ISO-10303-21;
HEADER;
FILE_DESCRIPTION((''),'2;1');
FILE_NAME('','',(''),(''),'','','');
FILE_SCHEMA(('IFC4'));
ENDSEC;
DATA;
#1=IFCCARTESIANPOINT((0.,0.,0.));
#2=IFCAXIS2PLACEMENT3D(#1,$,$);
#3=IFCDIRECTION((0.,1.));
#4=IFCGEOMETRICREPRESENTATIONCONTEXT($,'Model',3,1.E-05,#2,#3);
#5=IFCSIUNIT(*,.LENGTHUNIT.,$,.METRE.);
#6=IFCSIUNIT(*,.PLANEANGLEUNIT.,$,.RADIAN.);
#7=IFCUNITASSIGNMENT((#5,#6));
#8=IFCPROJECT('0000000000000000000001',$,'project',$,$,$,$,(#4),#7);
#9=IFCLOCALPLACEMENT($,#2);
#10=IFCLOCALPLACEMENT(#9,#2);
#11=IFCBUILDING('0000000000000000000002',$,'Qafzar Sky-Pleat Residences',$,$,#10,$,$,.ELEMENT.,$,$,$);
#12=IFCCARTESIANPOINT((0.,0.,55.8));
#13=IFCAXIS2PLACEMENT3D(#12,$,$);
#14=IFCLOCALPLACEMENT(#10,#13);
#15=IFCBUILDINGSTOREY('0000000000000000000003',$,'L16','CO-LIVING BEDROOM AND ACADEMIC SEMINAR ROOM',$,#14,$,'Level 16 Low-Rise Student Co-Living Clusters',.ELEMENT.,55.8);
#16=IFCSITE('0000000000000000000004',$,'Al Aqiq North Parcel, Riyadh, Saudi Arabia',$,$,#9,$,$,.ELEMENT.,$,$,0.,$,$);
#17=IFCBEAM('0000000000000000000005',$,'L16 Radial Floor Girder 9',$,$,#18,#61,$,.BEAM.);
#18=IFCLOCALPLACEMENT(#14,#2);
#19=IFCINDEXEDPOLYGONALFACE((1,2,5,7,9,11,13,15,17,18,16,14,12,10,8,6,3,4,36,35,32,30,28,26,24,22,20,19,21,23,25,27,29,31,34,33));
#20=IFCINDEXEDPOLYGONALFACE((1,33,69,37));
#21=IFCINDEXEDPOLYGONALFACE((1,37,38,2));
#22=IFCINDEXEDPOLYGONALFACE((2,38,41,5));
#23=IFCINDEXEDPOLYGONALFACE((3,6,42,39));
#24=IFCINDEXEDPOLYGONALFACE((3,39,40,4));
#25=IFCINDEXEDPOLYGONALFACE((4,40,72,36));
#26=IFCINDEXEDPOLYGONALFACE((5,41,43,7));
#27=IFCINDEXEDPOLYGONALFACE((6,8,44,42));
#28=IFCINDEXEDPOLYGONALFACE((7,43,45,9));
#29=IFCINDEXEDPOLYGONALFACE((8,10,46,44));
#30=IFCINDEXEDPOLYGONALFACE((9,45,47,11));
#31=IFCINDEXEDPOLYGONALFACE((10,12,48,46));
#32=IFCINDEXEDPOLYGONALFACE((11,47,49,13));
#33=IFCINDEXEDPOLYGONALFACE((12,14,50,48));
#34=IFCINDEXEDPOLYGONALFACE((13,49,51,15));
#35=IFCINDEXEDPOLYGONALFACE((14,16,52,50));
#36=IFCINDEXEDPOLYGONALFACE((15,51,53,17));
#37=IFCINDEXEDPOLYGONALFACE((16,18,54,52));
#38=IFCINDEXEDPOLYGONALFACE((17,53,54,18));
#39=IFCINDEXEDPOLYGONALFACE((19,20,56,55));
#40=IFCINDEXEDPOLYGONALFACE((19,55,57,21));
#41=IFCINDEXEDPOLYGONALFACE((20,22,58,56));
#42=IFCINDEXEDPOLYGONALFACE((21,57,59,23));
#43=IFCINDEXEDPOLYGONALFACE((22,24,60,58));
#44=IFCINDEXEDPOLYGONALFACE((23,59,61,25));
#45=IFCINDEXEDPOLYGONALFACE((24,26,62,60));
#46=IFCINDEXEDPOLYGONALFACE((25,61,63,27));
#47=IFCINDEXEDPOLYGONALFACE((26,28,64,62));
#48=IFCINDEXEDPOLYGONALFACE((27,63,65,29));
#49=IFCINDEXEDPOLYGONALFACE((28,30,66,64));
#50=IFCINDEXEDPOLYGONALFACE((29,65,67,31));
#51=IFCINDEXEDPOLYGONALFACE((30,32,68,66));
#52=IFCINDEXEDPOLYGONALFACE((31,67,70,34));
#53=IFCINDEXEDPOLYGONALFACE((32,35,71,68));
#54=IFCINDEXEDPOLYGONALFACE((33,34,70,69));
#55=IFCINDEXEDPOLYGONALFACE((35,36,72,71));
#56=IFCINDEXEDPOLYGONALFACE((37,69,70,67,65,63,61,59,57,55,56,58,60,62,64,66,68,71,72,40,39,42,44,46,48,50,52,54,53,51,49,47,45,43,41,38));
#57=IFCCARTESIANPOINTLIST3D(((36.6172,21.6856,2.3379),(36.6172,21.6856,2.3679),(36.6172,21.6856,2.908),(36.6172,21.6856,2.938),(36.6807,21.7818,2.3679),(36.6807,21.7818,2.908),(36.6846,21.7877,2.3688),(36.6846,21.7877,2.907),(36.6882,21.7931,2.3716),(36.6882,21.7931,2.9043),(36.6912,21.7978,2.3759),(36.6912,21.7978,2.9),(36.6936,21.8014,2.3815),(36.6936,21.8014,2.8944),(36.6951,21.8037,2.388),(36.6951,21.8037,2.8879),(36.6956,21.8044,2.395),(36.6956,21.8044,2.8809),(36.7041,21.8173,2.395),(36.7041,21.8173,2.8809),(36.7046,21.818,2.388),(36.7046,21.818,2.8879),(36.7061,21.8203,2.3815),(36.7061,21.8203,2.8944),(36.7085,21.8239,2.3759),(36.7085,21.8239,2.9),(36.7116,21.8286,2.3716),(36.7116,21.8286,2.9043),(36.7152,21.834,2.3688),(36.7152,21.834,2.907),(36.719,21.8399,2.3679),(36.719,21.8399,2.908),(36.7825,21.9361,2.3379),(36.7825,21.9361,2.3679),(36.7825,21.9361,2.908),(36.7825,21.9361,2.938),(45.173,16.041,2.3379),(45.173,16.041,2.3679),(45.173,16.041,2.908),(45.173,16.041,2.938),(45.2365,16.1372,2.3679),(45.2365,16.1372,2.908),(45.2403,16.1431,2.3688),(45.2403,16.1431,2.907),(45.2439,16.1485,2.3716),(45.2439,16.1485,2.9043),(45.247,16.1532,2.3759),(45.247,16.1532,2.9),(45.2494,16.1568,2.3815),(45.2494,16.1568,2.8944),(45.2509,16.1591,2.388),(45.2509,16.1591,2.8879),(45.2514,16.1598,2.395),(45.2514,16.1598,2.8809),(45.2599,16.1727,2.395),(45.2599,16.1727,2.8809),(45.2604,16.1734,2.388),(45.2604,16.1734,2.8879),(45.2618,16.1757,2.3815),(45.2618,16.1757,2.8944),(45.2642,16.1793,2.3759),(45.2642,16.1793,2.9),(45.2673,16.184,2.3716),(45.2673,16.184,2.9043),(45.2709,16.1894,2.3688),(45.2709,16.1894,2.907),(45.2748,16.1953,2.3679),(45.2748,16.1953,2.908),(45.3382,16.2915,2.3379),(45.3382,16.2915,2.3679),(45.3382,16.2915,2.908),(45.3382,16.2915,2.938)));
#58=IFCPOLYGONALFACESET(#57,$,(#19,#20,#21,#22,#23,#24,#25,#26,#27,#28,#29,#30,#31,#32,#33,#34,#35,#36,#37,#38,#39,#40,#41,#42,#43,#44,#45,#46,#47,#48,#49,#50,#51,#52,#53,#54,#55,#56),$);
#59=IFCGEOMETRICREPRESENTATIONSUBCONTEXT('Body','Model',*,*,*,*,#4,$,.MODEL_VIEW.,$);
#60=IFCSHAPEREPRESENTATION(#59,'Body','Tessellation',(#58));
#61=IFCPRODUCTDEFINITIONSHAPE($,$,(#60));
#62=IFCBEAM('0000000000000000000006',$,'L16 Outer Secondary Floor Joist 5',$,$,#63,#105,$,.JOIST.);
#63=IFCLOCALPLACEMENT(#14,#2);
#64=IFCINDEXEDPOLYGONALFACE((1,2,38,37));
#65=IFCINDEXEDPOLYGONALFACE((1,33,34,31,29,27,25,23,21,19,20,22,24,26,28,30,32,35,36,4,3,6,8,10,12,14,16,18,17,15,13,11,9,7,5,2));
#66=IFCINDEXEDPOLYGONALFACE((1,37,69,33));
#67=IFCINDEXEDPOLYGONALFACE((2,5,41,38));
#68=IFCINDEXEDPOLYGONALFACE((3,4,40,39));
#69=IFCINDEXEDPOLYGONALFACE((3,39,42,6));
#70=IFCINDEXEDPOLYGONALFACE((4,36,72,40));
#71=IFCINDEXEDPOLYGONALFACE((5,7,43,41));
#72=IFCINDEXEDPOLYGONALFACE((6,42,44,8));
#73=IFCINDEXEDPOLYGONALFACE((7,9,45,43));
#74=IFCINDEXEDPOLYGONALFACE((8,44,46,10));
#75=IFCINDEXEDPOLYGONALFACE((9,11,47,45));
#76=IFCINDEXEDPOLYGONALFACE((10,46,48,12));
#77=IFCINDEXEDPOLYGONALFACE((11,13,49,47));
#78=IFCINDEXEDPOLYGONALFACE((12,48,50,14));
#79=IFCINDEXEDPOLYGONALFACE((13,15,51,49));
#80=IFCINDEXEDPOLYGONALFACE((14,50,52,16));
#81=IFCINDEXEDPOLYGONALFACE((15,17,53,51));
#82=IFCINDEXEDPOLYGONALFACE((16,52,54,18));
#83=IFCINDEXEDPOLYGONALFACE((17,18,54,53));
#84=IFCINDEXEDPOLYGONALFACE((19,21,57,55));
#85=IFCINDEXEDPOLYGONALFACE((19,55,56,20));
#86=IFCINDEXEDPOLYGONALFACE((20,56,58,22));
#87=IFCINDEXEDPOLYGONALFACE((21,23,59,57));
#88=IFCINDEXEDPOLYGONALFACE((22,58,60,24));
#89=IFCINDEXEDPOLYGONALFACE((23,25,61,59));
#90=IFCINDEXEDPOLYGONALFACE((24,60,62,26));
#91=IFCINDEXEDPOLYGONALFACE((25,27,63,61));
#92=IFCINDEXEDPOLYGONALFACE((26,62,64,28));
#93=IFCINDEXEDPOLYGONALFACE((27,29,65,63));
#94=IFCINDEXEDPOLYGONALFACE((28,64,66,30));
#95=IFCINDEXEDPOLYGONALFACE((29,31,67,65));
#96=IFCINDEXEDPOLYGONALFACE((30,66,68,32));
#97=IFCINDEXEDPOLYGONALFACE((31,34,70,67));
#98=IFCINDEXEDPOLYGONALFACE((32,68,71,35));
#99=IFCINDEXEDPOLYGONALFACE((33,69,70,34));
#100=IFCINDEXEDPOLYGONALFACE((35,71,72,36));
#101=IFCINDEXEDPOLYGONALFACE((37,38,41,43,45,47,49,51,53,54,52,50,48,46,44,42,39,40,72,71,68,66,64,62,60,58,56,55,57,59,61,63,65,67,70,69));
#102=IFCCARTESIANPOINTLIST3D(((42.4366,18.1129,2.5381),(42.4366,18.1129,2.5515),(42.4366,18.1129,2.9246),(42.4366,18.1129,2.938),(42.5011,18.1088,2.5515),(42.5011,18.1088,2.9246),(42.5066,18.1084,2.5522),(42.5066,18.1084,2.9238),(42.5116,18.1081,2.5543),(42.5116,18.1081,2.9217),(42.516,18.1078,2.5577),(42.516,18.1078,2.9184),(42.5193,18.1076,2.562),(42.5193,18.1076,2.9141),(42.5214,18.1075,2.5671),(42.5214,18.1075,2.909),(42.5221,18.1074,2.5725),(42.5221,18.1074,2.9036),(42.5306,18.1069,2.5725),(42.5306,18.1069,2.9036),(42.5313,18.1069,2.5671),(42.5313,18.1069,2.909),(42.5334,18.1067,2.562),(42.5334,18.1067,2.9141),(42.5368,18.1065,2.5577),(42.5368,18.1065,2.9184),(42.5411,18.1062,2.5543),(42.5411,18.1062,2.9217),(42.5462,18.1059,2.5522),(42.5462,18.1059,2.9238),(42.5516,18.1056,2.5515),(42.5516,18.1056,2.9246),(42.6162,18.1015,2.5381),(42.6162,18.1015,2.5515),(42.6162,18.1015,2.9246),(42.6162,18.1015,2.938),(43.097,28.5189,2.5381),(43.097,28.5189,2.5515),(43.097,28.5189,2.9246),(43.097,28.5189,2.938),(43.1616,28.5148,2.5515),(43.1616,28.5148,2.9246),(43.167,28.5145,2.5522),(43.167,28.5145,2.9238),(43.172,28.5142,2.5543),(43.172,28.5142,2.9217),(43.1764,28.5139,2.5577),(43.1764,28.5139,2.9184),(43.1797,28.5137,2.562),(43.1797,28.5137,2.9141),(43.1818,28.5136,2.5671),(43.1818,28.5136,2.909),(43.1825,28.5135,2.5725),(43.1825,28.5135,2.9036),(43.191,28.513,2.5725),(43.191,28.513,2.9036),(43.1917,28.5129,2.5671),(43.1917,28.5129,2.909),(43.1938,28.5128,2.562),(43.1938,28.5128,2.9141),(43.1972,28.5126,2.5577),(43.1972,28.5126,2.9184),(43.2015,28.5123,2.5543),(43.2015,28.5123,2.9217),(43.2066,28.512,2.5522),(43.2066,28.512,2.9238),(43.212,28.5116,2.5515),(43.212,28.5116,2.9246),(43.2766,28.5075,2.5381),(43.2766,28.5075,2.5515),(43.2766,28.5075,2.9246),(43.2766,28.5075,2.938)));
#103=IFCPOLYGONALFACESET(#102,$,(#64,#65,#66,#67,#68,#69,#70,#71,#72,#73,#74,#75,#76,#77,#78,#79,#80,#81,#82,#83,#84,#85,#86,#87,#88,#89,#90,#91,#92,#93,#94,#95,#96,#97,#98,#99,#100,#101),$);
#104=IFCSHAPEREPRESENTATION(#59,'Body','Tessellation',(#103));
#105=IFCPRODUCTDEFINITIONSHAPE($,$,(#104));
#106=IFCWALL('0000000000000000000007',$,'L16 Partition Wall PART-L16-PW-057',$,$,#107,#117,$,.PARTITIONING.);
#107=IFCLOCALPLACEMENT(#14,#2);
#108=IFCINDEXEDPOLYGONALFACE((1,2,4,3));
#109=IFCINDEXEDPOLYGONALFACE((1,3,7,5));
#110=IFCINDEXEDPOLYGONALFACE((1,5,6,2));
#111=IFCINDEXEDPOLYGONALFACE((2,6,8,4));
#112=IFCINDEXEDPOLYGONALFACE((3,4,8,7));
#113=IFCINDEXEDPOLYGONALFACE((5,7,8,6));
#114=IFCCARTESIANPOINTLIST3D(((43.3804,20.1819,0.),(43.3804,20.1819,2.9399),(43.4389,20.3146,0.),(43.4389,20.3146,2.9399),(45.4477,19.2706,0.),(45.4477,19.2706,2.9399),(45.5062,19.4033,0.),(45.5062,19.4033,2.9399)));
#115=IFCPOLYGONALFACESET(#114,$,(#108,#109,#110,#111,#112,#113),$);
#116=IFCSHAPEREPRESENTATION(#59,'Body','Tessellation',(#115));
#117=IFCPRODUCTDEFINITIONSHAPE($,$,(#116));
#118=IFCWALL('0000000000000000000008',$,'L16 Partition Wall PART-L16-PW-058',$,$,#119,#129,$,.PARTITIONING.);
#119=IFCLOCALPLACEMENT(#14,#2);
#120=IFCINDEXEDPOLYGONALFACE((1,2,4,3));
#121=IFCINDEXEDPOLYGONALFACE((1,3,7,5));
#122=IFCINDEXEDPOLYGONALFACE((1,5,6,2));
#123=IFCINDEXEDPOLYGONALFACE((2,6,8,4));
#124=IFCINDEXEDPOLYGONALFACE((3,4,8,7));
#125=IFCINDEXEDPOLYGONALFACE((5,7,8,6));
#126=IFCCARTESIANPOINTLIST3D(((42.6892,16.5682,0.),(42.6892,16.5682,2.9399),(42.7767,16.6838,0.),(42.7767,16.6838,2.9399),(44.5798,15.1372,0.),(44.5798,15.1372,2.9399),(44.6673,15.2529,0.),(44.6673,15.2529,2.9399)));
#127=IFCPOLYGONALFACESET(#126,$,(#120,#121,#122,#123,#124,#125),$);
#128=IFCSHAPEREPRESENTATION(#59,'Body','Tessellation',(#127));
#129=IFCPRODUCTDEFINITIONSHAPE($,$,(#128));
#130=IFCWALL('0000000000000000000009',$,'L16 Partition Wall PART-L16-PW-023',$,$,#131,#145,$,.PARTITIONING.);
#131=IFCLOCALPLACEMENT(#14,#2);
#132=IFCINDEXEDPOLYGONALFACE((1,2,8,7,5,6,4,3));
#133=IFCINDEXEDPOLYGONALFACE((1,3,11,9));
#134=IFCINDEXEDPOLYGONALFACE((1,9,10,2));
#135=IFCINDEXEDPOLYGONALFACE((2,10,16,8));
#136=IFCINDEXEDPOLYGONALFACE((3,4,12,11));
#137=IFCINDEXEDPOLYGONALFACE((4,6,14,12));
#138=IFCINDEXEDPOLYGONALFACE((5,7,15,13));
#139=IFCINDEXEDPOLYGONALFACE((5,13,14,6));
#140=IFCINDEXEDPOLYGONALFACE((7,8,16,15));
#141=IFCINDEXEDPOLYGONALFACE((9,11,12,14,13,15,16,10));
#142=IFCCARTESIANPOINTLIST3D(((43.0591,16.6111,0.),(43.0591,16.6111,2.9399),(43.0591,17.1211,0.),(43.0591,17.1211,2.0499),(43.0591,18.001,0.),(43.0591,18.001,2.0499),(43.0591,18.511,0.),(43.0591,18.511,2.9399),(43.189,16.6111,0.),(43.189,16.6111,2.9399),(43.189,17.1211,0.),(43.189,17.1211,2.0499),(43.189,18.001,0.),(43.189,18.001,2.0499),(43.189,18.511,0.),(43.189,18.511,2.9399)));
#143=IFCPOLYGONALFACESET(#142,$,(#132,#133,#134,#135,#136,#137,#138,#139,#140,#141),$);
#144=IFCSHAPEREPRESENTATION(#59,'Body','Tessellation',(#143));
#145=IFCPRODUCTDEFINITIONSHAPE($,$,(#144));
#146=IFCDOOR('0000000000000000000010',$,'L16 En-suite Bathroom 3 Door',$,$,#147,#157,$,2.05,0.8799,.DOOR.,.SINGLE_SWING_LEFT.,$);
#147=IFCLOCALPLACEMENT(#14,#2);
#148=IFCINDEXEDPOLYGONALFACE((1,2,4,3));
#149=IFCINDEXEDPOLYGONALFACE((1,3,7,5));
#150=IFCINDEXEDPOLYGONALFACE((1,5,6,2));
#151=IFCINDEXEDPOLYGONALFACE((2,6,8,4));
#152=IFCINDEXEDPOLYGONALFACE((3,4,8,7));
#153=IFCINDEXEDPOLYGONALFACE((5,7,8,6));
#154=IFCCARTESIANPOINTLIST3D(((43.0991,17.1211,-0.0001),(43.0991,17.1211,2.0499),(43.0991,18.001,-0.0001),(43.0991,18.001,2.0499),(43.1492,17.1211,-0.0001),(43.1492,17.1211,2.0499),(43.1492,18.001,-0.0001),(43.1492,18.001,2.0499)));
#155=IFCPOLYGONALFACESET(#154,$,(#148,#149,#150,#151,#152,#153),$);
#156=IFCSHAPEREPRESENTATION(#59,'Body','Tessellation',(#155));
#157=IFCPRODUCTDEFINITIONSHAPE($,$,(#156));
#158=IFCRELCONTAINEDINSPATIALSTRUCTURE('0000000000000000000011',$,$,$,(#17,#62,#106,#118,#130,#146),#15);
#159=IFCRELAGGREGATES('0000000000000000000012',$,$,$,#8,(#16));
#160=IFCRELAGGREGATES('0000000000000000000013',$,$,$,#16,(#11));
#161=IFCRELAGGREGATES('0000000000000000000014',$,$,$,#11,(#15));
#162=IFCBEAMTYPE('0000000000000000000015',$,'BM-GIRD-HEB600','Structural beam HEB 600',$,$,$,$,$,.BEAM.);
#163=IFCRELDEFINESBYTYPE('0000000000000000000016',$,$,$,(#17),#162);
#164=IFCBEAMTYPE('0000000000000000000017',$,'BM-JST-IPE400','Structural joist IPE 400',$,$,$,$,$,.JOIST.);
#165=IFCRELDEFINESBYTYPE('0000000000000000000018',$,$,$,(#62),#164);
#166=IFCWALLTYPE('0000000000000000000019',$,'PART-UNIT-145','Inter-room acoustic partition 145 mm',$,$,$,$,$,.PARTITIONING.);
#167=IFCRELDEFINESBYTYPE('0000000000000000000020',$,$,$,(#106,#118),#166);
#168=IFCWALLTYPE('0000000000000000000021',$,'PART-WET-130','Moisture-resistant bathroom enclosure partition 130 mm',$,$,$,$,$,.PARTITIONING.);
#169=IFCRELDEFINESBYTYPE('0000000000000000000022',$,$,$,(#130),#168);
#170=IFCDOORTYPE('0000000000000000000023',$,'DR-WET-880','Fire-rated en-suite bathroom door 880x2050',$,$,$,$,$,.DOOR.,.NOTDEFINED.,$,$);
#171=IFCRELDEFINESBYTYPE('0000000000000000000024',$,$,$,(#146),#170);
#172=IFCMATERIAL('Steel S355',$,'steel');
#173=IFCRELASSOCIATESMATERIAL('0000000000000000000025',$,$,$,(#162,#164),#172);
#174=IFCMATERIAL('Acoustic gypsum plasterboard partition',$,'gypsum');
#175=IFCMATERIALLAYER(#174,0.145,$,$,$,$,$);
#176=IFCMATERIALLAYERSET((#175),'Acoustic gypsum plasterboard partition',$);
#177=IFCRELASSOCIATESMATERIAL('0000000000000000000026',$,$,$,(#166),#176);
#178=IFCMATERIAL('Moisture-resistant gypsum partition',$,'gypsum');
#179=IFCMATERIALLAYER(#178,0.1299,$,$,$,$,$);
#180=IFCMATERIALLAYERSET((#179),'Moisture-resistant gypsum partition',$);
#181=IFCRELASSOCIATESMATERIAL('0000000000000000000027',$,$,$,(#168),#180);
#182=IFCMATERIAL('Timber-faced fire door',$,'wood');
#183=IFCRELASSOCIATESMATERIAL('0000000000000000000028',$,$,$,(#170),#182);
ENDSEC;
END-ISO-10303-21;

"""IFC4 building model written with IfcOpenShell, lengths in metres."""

from ifc_helpers import new_model, si_unit, direction, frame, frame_2d, origin, origin_2d, place, context, subcontext, project, spatial, rectangle, i_section, extrude, source, transform, mapped, material, layer, layer_set, material_profile, profile_set, type_object, element, fill, save


model = new_model("IFC4")

# Units and contexts
model_context = context("Model", 3, precision=1e-05, world=origin(), true_north=direction((0.0, 1.0)))
body_context = subcontext(model_context, "Body", "Model", "MODEL_VIEW")
ifc_project = project(units=[si_unit("LENGTHUNIT", "METRE"), si_unit("PLANEANGLEUNIT", "RADIAN")], contexts=[model_context])

# Site, building, storey
site_placement = place(None, origin())
site = spatial("IfcSite", under=ifc_project, at=site_placement, Name="Al Aqiq North Parcel, Riyadh, Saudi Arabia", CompositionType="ELEMENT", RefElevation=0.0)
building_placement = place(site_placement, origin())
building = spatial("IfcBuilding", under=site, at=building_placement, Name="Qafzar Sky-Pleat Residences", CompositionType="ELEMENT")
storey_placement = place(building_placement, frame((0.0, 0.0, 55.8)))
storey = spatial("IfcBuildingStorey", under=building, at=storey_placement, Name="L16", Description="CO-LIVING BEDROOM AND ACADEMIC SEMINAR ROOM", LongName="Level 16 Low-Rise Student Co-Living Clusters", CompositionType="ELEMENT", Elevation=55.8)

# Beams
ifc_material_1 = material(Name="Steel S355", Category="steel")
ifc_material_profile_1 = material_profile(ifc_material_1, i_section(OverallWidth=0.3, OverallDepth=0.6001, WebThickness=0.0154, FlangeThickness=0.03, FilletRadius=0.0271, at=origin_2d()), Name="HEB 600")
ifc_profile_set_1 = profile_set([ifc_material_profile_1], Name="Steel S355")
beam_type_1 = type_object("IfcBeamType", Name="BM-GIRD-HEB600", Description="Structural beam HEB 600", PredefinedType="BEAM", material=ifc_profile_set_1)
shared_shape_1 = source(origin(), body_context, "Body", "SweptSolid", [
    extrude(i_section(OverallWidth=0.3, OverallDepth=0.6001, WebThickness=0.0154, FlangeThickness=0.03, FilletRadius=0.0271, at=origin_2d()), origin(), (0.0, 0.0, 1.0), 10.25),
])
beam_1_placement = place(storey_placement, frame((45.2556, 16.1663, 2.6379), z_axis=(-0.834708, 0.550692, 0.0), x_axis=(-0.550692, -0.834708, 0.0)))
element("IfcBeam", 1, at=beam_1_placement, inside=storey, type_object=beam_type_1, Name="L16 Radial Floor Girder 9", PredefinedType="BEAM", context=body_context, shape_type="MappedRepresentation", body=[
    mapped(shared_shape_1, transform((0.0, 0.0, 0.0), x_axis=(1.0, 0.0, 0.0), y_axis=(0.0, 1.0, 0.0), z_axis=(0.0, 0.0, 1.0), scale=1.0)),
])
ifc_material_profile_2 = material_profile(ifc_material_1, i_section(OverallWidth=0.1799, OverallDepth=0.3999, WebThickness=0.0085, FlangeThickness=0.0134, FilletRadius=0.021, at=origin_2d()), Name="IPE 400")
ifc_profile_set_2 = profile_set([ifc_material_profile_2], Name="Steel S355")
beam_type_2 = type_object("IfcBeamType", Name="BM-JST-IPE400", Description="Structural joist IPE 400", PredefinedType="JOIST", material=ifc_profile_set_2)
shared_shape_2 = source(origin(), body_context, "Body", "SweptSolid", [
    extrude(i_section(OverallWidth=0.1799, OverallDepth=0.3999, WebThickness=0.0085, FlangeThickness=0.0134, FilletRadius=0.021, at=origin_2d()), origin(), (0.0, 0.0, 1.0), 10.427),
])
beam_2_placement = place(storey_placement, frame((42.5264, 18.1072, 2.738), z_axis=(0.063336, 0.997992, 0.0), x_axis=(-0.997992, 0.063336, 0.0)))
element("IfcBeam", 2, at=beam_2_placement, inside=storey, type_object=beam_type_2, Name="L16 Outer Secondary Floor Joist 5", PredefinedType="JOIST", context=body_context, shape_type="MappedRepresentation", body=[
    mapped(shared_shape_2, transform((0.0, 0.0, 0.0), x_axis=(1.0, 0.0, 0.0), y_axis=(0.0, 1.0, 0.0), z_axis=(0.0, 0.0, 1.0), scale=1.0)),
])

# Walls
ifc_material_2 = material(Name="Acoustic gypsum plasterboard partition", Category="gypsum")
ifc_layer_1 = layer(ifc_material_2, 0.145)
ifc_layer_set_1 = layer_set([ifc_layer_1], Name="Acoustic gypsum plasterboard partition")
wall_type_1 = type_object("IfcWallType", Name="PART-UNIT-145", Description="Inter-room acoustic partition 145 mm", PredefinedType="PARTITIONING", material=ifc_layer_set_1)
wall_1_placement = place(storey_placement, frame((43.4097, 20.2483, 0.0), z_axis=(0.0, 0.0, 1.0), x_axis=(0.915033, -0.403379, 0.0)))
element("IfcWall", 3, at=wall_1_placement, inside=storey, type_object=wall_type_1, Name="L16 Partition Wall PART-L16-PW-057", PredefinedType="PARTITIONING", context=body_context, shape_type="SweptSolid", body=[
    extrude(rectangle(XDim=2.2593, YDim=0.145, at=frame_2d((1.1296, 0.0))), origin(), (0.0, 0.0, 1.0), 2.9399),
])
wall_2_placement = place(storey_placement, frame((42.7329, 16.626, 0.0), z_axis=(0.0, 0.0, 1.0), x_axis=(0.797373, -0.603487, 0.0)))
element("IfcWall", 4, at=wall_2_placement, inside=storey, type_object=wall_type_1, Name="L16 Partition Wall PART-L16-PW-058", PredefinedType="PARTITIONING", context=body_context, shape_type="SweptSolid", body=[
    extrude(rectangle(XDim=2.3711, YDim=0.145, at=frame_2d((1.1855, 0.0))), origin(), (0.0, 0.0, 1.0), 2.9399),
])

# Wall, opening, door
ifc_material_3 = material(Name="Moisture-resistant gypsum partition", Category="gypsum")
ifc_layer_2 = layer(ifc_material_3, 0.1299)
ifc_layer_set_2 = layer_set([ifc_layer_2], Name="Moisture-resistant gypsum partition")
wall_type_2 = type_object("IfcWallType", Name="PART-WET-130", Description="Moisture-resistant bathroom enclosure partition 130 mm", PredefinedType="PARTITIONING", material=ifc_layer_set_2)
wall_3_placement = place(storey_placement, frame((43.124, 16.6111, 0.0), z_axis=(0.0, 0.0, 1.0), x_axis=(0.0, 1.0, 0.0)))
wall_3 = element("IfcWall", 5, at=wall_3_placement, inside=storey, type_object=wall_type_2, Name="L16 Partition Wall PART-L16-PW-023", PredefinedType="PARTITIONING", context=body_context, shape_type="SweptSolid", body=[
    extrude(rectangle(XDim=1.8999, YDim=0.1299, at=frame_2d((0.95, 0.0))), origin(), (0.0, 0.0, 1.0), 2.9399),
])
opening_1_placement = place(wall_3_placement, frame((0.51, 0.0, 0.0)))
opening_1 = element("IfcOpeningElement", 6, at=opening_1_placement, cuts=wall_3, PredefinedType="OPENING", context=body_context, shape_type="SweptSolid", body=[
    extrude(rectangle(XDim=0.8799, YDim=2.05, at=frame_2d((0.4399, 1.0249))), frame((0.0, 0.075, 0.0), z_axis=(0.0, -1.0, 0.0), x_axis=(1.0, 0.0, 0.0)), (0.0, 0.0, 1.0), 0.1499),
])
ifc_material_4 = material(Name="Timber-faced fire door", Category="wood")
door_type = type_object("IfcDoorType", Name="DR-WET-880", Description="Fire-rated en-suite bathroom door 880x2050", OperationType="NOTDEFINED", PredefinedType="DOOR", material=ifc_material_4)
shared_shape_3 = source(origin(), body_context, "Body", "SweptSolid", [
    extrude(rectangle(XDim=0.8799, YDim=2.05, at=frame_2d((0.4399, 1.0249))), frame((0.0, 0.0249, 0.0), z_axis=(0.0, -1.0, 0.0), x_axis=(1.0, 0.0, 0.0)), (0.0, 0.0, 1.0), 0.05),
])
door_1_placement = place(opening_1_placement, origin())
door_1 = element("IfcDoor", 7, at=door_1_placement, inside=storey, type_object=door_type, Name="L16 En-suite Bathroom 3 Door", OperationType="SINGLE_SWING_LEFT", OverallHeight=2.05, OverallWidth=0.8799, PredefinedType="DOOR", context=body_context, shape_type="MappedRepresentation", body=[
    mapped(shared_shape_3, transform((0.0, 0.0, 0.0), x_axis=(1.0, 0.0, 0.0), y_axis=(0.0, 1.0, 0.0), z_axis=(0.0, 0.0, 1.0), scale=1.0)),
])
fill(opening_1, door_1)

save(model, "model.ifc")
